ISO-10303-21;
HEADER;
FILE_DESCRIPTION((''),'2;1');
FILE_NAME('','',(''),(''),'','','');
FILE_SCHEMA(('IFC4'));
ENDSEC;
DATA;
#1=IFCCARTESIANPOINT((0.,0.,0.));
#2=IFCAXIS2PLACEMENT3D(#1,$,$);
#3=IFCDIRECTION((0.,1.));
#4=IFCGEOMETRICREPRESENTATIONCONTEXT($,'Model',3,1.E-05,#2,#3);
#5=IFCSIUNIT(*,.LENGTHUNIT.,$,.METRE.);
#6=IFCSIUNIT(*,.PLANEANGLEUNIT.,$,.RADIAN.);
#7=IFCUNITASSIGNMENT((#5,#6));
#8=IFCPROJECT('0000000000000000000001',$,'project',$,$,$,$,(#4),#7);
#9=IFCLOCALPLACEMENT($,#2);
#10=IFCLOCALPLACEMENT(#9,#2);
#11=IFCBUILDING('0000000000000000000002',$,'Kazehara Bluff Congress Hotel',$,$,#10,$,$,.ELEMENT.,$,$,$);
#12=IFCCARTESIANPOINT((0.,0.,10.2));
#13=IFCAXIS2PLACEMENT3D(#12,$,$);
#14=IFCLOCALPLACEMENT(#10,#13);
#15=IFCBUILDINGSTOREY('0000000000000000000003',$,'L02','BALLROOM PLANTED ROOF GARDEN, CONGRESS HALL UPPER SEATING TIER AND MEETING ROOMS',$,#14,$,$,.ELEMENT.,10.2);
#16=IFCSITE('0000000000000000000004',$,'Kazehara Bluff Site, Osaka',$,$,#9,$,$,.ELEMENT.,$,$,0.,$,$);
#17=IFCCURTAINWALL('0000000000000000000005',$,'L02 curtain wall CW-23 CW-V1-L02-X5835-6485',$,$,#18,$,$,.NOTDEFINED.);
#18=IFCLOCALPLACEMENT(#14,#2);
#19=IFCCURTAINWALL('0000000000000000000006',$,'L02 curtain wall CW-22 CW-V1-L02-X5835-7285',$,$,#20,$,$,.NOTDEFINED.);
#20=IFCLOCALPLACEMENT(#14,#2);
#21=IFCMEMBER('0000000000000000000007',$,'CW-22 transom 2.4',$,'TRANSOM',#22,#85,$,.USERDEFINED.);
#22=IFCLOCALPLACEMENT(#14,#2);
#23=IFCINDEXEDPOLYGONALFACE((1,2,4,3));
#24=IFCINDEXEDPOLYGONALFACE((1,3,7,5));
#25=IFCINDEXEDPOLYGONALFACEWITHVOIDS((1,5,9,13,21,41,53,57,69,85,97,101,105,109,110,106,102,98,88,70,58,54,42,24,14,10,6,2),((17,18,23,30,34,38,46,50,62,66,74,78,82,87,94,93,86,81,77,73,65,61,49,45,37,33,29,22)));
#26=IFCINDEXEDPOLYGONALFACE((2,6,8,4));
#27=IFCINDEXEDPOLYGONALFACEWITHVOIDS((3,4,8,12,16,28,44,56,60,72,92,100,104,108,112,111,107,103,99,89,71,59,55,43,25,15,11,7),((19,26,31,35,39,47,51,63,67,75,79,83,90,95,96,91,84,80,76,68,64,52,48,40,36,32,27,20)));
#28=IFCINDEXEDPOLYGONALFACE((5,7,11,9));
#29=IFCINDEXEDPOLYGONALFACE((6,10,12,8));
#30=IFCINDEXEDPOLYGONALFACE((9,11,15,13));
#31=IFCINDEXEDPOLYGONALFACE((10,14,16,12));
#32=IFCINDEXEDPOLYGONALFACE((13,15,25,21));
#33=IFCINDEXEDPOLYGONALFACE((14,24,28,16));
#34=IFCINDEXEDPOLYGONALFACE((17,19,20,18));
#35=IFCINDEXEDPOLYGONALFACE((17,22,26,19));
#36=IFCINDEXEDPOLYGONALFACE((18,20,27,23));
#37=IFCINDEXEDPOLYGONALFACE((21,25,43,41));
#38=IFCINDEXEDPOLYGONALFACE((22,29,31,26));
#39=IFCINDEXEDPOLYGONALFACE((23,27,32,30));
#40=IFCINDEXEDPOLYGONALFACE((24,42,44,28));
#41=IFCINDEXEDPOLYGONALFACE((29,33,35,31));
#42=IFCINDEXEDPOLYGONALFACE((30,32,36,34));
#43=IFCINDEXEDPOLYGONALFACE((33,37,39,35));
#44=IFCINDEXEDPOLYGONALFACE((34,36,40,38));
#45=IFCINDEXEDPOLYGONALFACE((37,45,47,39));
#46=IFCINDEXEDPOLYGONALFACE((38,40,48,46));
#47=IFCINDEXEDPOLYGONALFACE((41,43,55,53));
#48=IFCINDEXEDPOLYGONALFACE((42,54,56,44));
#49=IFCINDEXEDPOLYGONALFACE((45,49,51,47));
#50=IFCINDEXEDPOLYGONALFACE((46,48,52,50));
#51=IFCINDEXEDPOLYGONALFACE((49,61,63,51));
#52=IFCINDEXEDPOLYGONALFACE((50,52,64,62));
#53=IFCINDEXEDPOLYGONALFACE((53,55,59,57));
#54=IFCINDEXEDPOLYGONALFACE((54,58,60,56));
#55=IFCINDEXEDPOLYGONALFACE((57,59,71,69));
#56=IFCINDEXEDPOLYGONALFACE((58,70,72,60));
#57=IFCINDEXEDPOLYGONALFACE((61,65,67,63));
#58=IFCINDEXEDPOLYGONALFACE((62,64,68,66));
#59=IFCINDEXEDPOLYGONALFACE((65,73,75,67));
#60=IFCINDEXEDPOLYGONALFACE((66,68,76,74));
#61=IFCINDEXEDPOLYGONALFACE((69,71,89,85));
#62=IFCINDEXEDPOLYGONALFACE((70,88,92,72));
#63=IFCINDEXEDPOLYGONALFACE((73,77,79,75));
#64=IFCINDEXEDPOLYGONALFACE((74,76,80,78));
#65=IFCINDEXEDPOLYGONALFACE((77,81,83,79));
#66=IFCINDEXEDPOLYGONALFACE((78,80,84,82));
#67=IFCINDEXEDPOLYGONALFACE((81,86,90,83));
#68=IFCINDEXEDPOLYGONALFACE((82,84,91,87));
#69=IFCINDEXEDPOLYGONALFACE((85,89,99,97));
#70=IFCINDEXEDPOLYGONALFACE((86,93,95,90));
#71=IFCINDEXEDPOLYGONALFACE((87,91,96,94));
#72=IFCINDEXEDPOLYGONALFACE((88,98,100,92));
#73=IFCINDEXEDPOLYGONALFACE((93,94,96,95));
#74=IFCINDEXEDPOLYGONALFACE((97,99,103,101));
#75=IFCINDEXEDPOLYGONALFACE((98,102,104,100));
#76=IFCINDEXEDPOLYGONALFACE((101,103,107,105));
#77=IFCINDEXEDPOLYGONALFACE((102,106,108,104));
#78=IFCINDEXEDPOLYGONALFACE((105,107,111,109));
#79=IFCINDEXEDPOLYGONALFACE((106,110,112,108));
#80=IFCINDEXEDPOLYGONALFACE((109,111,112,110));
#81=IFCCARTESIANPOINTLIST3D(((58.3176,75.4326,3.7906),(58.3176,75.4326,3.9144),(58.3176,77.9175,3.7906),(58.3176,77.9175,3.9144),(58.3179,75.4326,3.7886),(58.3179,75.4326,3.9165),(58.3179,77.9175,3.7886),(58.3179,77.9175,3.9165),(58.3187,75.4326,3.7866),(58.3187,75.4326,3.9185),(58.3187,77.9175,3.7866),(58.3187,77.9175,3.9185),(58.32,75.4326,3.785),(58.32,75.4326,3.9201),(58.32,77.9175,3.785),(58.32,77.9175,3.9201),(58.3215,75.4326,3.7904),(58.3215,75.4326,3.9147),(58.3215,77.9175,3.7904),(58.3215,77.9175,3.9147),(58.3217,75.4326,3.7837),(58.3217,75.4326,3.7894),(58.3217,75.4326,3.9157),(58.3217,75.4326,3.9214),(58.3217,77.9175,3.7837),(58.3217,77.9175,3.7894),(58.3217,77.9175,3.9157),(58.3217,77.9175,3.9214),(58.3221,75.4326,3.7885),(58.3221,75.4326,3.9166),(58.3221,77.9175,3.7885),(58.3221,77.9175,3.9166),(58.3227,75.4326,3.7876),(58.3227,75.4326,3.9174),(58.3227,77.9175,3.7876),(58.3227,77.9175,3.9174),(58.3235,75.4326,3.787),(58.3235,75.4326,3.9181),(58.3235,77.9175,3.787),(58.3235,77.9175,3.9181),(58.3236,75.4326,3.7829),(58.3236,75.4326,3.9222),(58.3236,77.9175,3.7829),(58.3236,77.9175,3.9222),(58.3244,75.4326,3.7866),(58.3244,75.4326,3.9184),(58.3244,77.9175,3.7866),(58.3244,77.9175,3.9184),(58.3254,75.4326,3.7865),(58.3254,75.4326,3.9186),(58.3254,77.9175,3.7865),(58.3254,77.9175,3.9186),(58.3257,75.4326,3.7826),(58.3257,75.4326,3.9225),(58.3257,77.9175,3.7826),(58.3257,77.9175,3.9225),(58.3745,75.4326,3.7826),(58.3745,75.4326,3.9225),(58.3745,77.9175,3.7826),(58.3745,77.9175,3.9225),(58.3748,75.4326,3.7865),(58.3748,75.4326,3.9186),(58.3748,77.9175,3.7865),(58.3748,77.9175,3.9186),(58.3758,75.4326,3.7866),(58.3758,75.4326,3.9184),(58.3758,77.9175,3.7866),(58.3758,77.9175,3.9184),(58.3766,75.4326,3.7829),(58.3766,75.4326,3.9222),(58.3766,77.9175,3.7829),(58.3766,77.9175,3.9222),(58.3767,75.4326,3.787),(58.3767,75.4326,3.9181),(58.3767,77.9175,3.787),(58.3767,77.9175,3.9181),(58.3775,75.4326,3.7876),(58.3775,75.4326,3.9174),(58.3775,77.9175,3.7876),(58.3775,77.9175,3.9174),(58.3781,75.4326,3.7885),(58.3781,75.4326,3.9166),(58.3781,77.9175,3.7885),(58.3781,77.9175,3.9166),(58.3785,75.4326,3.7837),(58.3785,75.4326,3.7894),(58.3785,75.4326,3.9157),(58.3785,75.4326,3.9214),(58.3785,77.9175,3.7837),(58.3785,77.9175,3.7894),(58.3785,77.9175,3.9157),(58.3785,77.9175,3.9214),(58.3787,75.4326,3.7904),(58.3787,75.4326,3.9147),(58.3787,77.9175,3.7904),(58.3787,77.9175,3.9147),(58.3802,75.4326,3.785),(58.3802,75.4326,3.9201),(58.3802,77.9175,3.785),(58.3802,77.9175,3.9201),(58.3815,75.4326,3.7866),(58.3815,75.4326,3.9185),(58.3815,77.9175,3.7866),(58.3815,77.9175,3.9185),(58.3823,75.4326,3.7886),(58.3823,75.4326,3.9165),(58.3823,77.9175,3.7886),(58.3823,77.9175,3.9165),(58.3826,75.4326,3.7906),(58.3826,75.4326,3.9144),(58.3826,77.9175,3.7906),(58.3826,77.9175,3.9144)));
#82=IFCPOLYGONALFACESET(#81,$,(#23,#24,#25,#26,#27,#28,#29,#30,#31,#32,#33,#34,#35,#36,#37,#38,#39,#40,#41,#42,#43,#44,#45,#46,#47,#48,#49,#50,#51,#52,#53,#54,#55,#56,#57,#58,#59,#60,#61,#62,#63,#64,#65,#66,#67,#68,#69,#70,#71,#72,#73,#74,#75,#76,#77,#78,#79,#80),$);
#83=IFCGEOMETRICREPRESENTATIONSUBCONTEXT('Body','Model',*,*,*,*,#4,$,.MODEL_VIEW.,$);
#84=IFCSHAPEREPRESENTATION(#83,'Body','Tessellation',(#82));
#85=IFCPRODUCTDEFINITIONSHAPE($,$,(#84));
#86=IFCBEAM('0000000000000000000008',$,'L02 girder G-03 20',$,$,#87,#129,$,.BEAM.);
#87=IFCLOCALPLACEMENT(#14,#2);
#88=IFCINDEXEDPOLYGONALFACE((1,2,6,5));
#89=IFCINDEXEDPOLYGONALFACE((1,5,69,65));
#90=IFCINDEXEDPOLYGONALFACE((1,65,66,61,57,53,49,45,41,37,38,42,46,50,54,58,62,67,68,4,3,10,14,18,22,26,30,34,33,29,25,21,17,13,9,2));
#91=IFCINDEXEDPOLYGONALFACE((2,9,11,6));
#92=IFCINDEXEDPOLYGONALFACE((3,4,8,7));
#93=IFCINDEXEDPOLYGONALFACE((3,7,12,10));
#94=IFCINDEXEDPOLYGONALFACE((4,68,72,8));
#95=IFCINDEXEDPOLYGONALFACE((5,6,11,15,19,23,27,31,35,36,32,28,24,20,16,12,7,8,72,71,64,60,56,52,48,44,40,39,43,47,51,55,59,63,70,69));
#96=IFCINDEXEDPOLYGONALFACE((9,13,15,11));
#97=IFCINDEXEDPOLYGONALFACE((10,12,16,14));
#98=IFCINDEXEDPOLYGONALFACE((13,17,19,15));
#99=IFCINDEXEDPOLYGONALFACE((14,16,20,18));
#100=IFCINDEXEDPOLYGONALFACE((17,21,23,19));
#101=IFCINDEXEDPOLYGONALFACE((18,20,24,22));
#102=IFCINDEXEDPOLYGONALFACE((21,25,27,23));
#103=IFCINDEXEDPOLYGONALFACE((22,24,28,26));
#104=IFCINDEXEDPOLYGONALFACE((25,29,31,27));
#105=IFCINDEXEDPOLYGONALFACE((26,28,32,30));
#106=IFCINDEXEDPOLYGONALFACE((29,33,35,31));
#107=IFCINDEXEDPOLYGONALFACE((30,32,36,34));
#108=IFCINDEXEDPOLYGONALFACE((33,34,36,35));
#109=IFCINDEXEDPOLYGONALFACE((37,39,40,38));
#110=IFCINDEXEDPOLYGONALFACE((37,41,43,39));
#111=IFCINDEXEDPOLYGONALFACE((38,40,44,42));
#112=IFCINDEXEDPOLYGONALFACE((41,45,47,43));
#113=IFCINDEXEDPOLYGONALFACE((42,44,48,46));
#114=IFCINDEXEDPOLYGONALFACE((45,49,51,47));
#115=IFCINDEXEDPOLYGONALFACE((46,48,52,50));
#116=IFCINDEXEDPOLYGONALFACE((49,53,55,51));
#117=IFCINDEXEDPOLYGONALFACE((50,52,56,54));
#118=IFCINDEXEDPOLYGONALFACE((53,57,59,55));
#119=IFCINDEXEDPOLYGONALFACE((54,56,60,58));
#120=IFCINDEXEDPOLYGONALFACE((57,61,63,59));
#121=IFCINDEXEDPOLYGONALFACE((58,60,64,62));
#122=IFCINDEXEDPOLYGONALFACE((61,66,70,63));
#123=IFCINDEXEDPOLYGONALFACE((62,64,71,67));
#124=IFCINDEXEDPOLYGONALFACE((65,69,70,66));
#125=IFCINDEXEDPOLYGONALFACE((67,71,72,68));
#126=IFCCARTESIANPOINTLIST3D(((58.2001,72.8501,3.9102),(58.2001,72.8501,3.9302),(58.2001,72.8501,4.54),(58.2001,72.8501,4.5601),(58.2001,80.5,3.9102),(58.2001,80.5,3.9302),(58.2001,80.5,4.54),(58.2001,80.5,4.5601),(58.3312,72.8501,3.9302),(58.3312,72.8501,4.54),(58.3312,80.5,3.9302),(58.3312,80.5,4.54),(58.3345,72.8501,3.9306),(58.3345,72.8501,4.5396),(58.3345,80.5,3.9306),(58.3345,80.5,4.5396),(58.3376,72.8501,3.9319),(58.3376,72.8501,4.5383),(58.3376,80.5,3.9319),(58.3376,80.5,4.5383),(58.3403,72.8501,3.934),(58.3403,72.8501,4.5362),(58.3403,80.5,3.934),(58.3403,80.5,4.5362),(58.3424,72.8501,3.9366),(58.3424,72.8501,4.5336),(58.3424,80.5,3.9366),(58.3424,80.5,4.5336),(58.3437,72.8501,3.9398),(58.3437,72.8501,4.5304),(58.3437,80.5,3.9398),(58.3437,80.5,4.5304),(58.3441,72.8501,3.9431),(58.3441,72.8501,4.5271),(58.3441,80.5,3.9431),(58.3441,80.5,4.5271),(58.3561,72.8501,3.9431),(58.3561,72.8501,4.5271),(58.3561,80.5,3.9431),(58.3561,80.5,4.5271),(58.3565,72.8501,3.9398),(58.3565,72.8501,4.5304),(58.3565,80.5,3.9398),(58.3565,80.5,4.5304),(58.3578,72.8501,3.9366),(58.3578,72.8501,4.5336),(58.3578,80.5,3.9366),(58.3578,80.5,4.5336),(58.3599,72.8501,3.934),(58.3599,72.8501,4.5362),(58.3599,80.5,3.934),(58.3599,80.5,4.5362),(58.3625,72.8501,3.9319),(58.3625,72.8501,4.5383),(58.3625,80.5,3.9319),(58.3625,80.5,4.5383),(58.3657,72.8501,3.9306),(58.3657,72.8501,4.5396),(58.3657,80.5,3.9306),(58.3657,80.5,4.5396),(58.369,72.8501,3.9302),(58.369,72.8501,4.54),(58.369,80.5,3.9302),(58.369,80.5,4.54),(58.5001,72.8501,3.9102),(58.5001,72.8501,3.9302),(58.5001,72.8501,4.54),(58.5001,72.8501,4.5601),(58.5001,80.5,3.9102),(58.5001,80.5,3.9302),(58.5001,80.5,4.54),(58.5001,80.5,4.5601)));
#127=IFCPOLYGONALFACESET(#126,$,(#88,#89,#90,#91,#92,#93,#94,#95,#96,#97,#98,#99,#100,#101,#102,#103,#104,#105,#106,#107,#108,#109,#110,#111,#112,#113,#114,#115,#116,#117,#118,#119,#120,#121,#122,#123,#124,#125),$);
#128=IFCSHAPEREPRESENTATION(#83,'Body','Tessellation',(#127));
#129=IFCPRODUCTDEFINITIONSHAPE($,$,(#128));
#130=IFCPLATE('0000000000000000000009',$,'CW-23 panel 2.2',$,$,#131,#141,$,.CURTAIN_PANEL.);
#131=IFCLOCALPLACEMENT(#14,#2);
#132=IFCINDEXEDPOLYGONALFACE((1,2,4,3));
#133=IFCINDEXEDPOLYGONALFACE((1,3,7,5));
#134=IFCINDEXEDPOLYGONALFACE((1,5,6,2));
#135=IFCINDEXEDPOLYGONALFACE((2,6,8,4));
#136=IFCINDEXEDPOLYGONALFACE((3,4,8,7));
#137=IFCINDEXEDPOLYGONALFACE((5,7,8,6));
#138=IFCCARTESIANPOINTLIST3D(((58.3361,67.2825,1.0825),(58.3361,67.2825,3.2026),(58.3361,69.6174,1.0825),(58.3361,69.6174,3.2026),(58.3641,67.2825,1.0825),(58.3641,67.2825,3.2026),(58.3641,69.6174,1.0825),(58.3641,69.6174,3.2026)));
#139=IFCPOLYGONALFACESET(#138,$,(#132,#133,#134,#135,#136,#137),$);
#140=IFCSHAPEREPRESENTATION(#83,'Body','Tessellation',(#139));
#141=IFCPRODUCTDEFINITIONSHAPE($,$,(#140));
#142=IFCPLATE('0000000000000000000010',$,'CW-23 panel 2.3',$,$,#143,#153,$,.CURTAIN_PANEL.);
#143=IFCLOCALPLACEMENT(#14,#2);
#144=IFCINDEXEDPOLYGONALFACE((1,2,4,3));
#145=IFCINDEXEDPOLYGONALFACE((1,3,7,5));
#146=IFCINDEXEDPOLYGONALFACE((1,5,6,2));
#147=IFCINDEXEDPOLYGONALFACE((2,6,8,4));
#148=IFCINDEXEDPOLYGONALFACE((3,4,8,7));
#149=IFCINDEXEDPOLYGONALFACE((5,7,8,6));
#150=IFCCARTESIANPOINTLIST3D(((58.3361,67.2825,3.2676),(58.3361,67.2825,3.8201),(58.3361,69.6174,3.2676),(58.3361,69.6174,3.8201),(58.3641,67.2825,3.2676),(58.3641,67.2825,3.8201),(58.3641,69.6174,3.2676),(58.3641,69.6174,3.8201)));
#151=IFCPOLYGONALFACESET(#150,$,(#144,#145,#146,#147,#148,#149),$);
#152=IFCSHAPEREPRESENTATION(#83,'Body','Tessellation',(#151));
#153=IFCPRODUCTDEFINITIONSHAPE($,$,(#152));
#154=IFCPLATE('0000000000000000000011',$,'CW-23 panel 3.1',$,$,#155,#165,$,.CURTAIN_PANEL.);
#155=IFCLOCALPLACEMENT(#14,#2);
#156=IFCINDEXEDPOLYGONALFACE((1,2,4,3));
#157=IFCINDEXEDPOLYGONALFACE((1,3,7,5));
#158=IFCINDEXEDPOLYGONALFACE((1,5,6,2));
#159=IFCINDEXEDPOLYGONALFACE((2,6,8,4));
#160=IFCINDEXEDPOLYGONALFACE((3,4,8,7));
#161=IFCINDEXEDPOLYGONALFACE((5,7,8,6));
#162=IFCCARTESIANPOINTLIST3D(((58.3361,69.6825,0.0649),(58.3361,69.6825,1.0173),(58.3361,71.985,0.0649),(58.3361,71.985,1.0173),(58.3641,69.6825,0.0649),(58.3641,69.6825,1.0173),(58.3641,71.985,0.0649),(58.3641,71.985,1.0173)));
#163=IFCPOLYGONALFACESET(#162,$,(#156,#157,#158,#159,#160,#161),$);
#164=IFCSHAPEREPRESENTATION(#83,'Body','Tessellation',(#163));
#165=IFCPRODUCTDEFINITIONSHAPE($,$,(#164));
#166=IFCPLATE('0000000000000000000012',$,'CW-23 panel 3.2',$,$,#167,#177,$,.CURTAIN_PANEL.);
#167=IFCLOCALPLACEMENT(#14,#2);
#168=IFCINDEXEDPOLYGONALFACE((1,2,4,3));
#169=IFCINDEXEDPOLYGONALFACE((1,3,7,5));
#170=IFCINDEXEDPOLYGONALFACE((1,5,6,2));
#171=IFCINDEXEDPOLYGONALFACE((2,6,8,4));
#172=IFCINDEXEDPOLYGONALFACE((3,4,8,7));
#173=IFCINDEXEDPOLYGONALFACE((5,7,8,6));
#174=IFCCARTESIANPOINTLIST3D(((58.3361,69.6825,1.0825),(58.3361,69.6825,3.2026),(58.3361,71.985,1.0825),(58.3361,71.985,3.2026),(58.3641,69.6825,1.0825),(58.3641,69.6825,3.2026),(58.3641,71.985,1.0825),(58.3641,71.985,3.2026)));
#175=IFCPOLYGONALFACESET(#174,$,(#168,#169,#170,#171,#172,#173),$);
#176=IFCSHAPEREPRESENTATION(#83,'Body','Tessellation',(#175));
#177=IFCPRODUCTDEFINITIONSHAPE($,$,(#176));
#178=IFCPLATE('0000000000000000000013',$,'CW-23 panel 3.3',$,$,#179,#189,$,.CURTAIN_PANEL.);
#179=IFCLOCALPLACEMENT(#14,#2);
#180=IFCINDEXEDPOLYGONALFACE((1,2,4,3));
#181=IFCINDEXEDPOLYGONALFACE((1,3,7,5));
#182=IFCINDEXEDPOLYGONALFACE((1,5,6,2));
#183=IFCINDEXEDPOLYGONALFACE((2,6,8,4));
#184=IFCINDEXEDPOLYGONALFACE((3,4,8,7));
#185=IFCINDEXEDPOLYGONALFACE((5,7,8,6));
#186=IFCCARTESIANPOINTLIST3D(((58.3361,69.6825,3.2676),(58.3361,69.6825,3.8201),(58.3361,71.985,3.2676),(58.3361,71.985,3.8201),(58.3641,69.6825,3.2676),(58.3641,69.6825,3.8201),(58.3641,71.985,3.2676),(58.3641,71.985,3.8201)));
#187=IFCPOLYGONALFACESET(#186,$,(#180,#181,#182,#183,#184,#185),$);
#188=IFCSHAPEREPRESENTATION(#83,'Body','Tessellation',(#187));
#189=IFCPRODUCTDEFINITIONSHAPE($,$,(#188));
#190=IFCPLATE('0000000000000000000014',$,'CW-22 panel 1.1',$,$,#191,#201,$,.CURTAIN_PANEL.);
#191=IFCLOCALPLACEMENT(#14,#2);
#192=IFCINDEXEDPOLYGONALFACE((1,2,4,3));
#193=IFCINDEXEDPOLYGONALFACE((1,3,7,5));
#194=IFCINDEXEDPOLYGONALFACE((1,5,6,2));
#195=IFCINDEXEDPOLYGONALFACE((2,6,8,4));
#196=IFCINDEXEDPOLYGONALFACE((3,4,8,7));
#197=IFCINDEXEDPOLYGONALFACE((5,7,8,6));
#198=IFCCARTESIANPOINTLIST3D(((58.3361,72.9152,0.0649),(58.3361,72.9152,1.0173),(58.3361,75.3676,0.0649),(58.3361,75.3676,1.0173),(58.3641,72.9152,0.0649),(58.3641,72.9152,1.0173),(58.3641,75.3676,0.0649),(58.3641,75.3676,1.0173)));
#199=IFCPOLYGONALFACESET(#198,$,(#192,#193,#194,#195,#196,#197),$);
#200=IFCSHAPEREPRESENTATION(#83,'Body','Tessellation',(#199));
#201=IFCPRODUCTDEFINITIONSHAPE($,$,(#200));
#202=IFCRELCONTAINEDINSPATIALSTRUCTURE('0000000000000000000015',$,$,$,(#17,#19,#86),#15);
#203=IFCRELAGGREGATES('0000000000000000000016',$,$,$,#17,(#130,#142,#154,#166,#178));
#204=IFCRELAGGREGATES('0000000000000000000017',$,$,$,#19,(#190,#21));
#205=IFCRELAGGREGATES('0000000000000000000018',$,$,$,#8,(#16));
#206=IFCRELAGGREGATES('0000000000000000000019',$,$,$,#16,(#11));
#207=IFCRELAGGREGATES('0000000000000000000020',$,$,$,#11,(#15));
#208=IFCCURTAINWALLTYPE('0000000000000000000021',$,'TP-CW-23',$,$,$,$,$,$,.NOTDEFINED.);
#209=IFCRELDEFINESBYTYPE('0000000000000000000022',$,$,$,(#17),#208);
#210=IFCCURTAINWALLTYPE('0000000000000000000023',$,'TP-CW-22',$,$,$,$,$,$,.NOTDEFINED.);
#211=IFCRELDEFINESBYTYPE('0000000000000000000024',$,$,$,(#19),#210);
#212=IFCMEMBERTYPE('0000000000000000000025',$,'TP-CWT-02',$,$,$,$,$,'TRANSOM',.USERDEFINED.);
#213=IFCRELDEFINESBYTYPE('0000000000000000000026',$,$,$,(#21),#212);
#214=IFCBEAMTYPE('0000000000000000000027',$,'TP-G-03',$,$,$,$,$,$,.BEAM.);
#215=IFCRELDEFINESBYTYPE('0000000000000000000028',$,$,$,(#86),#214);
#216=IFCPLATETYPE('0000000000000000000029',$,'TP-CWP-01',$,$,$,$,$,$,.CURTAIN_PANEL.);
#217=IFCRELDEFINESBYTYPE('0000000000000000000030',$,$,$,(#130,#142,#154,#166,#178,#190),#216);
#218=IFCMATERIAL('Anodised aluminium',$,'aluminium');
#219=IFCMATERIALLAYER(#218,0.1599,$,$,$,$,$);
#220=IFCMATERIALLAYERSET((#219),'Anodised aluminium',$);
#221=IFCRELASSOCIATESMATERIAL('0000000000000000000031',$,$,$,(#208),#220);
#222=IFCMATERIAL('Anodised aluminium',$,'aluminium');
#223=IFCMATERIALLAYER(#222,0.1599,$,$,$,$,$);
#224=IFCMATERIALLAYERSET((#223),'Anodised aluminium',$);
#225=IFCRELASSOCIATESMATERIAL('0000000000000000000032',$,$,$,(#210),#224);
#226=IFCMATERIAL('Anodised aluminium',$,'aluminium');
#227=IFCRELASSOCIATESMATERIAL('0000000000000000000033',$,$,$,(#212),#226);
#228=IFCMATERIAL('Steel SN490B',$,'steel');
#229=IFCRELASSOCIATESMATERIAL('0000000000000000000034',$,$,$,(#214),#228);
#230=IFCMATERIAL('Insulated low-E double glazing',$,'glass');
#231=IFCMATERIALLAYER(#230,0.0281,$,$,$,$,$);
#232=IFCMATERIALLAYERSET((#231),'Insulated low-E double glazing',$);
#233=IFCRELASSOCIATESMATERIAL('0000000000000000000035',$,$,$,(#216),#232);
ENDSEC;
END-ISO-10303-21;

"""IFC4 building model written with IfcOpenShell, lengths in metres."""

from ifc_helpers import new_model, si_unit, direction, frame, origin, origin_2d, place, context, subcontext, project, spatial, rectangle, hollow_rectangle, i_section, extrude, material, layer, layer_set, material_profile, profile_set, type_object, element, aggregate, save


model = new_model("IFC4")

# Units and contexts
model_context = context("Model", 3, precision=1e-05, world=origin(), true_north=direction((0.0, 1.0)))
body_context = subcontext(model_context, "Body", "Model", "MODEL_VIEW")
ifc_project = project(units=[si_unit("LENGTHUNIT", "METRE"), si_unit("PLANEANGLEUNIT", "RADIAN")], contexts=[model_context])

# Site, building, storey
site_placement = place(None, origin())
site = spatial("IfcSite", under=ifc_project, at=site_placement, Name="Kazehara Bluff Site, Osaka", CompositionType="ELEMENT", RefElevation=0.0)
building_placement = place(site_placement, origin())
building = spatial("IfcBuilding", under=site, at=building_placement, Name="Kazehara Bluff Congress Hotel", CompositionType="ELEMENT")
storey_placement = place(building_placement, frame((0.0, 0.0, 10.2)))
storey = spatial("IfcBuildingStorey", under=building, at=storey_placement, Name="L02", Description="BALLROOM PLANTED ROOF GARDEN, CONGRESS HALL UPPER SEATING TIER AND MEETING ROOMS", CompositionType="ELEMENT", Elevation=10.2)

# Curtain walls
ifc_material_1 = material(Name="Anodised aluminium", Category="aluminium")
ifc_layer_1 = layer(ifc_material_1, 0.1599)
ifc_layer_set_1 = layer_set([ifc_layer_1], Name="Anodised aluminium")
curtain_wall_type_1 = type_object("IfcCurtainWallType", Name="TP-CW-23", PredefinedType="NOTDEFINED", material=ifc_layer_set_1)
curtain_wall_1_placement = place(storey_placement, origin())
curtain_wall_1 = element("IfcCurtainWall", 1, at=curtain_wall_1_placement, inside=storey, type_object=curtain_wall_type_1, Name="L02 curtain wall CW-23 CW-V1-L02-X5835-6485", PredefinedType="NOTDEFINED")
ifc_material_2 = material(Name="Anodised aluminium", Category="aluminium")
ifc_layer_2 = layer(ifc_material_2, 0.1599)
ifc_layer_set_2 = layer_set([ifc_layer_2], Name="Anodised aluminium")
curtain_wall_type_2 = type_object("IfcCurtainWallType", Name="TP-CW-22", PredefinedType="NOTDEFINED", material=ifc_layer_set_2)
curtain_wall_2_placement = place(storey_placement, origin())
curtain_wall_2 = element("IfcCurtainWall", 2, at=curtain_wall_2_placement, inside=storey, type_object=curtain_wall_type_2, Name="L02 curtain wall CW-22 CW-V1-L02-X5835-7285", PredefinedType="NOTDEFINED")

# Member
ifc_material_3 = material(Name="Anodised aluminium", Category="aluminium")
ifc_material_profile_1 = material_profile(ifc_material_3, hollow_rectangle(XDim=0.0649, YDim=0.1399, WallThickness=0.0039, InnerFilletRadius=0.0039, OuterFilletRadius=0.0081, at=origin_2d()))
ifc_profile_set_1 = profile_set([ifc_material_profile_1], Name="Anodised aluminium")
member_type_1 = type_object("IfcMemberType", Name="TP-CWT-02", ElementType="TRANSOM", PredefinedType="USERDEFINED", material=ifc_profile_set_1)
member_1_placement = place(storey_placement, frame((58.3501, 75.4326, 3.8525), z_axis=(0.0, 1.0, 0.0), x_axis=(-1.0, 0.0, 0.0)))
member_1 = element("IfcMember", 3, at=member_1_placement, type_object=member_type_1, Name="CW-22 transom 2.4", ObjectType="TRANSOM", PredefinedType="USERDEFINED", context=body_context, shape_type="SweptSolid", body=[
    extrude(hollow_rectangle(XDim=0.0649, YDim=0.1399, WallThickness=0.0039, InnerFilletRadius=0.0039, OuterFilletRadius=0.0081, at=origin_2d()), origin(), (0.0, 0.0, 1.0), 2.4849),
])

# Beam
ifc_material_4 = material(Name="Steel SN490B", Category="steel")
ifc_material_profile_2 = material_profile(ifc_material_4, i_section(OverallWidth=0.3, OverallDepth=0.6499, WebThickness=0.012, FlangeThickness=0.02, FilletRadius=0.0129, at=origin_2d()))
ifc_profile_set_2 = profile_set([ifc_material_profile_2], Name="Steel SN490B")
beam_type = type_object("IfcBeamType", Name="TP-G-03", PredefinedType="BEAM", material=ifc_profile_set_2)
beam_placement = place(storey_placement, frame((58.3501, 72.8501, 4.2351), z_axis=(0.0, 1.0, 0.0), x_axis=(-1.0, 0.0, 0.0)))
element("IfcBeam", 4, at=beam_placement, inside=storey, type_object=beam_type, Name="L02 girder G-03 20", PredefinedType="BEAM", context=body_context, shape_type="SweptSolid", body=[
    extrude(i_section(OverallWidth=0.3, OverallDepth=0.6499, WebThickness=0.012, FlangeThickness=0.02, FilletRadius=0.0129, at=origin_2d()), origin(), (0.0, 0.0, 1.0), 7.6499),
])

# Plates
ifc_material_5 = material(Name="Insulated low-E double glazing", Category="glass")
ifc_layer_3 = layer(ifc_material_5, 0.0281)
ifc_layer_set_3 = layer_set([ifc_layer_3], Name="Insulated low-E double glazing")
plate_type = type_object("IfcPlateType", Name="TP-CWP-01", PredefinedType="CURTAIN_PANEL", material=ifc_layer_set_3)
plate_1_placement = place(storey_placement, frame((58.3501, 68.45, 1.0825), z_axis=(0.0, 0.0, 1.0), x_axis=(0.0, 1.0, 0.0)))
plate_1 = element("IfcPlate", 5, at=plate_1_placement, type_object=plate_type, Name="CW-23 panel 2.2", PredefinedType="CURTAIN_PANEL", context=body_context, shape_type="SweptSolid", body=[
    extrude(rectangle(XDim=2.335, YDim=0.0281, at=origin_2d()), origin(), (0.0, 0.0, 1.0), 2.1201),
])
plate_2_placement = place(storey_placement, frame((58.3501, 68.45, 3.2676), z_axis=(0.0, 0.0, 1.0), x_axis=(0.0, 1.0, 0.0)))
plate_2 = element("IfcPlate", 6, at=plate_2_placement, type_object=plate_type, Name="CW-23 panel 2.3", PredefinedType="CURTAIN_PANEL", context=body_context, shape_type="SweptSolid", body=[
    extrude(rectangle(XDim=2.335, YDim=0.0281, at=origin_2d()), origin(), (0.0, 0.0, 1.0), 0.5525),
])
plate_3_placement = place(storey_placement, frame((58.3501, 70.8337, 0.0649), z_axis=(0.0, 0.0, 1.0), x_axis=(0.0, 1.0, 0.0)))
plate_3 = element("IfcPlate", 7, at=plate_3_placement, type_object=plate_type, Name="CW-23 panel 3.1", PredefinedType="CURTAIN_PANEL", context=body_context, shape_type="SweptSolid", body=[
    extrude(rectangle(XDim=2.3025, YDim=0.0281, at=origin_2d()), origin(), (0.0, 0.0, 1.0), 0.9524),
])
plate_4_placement = place(storey_placement, frame((58.3501, 70.8337, 1.0825), z_axis=(0.0, 0.0, 1.0), x_axis=(0.0, 1.0, 0.0)))
plate_4 = element("IfcPlate", 8, at=plate_4_placement, type_object=plate_type, Name="CW-23 panel 3.2", PredefinedType="CURTAIN_PANEL", context=body_context, shape_type="SweptSolid", body=[
    extrude(rectangle(XDim=2.3025, YDim=0.0281, at=origin_2d()), origin(), (0.0, 0.0, 1.0), 2.1201),
])
plate_5_placement = place(storey_placement, frame((58.3501, 70.8337, 3.2676), z_axis=(0.0, 0.0, 1.0), x_axis=(0.0, 1.0, 0.0)))
plate_5 = element("IfcPlate", 9, at=plate_5_placement, type_object=plate_type, Name="CW-23 panel 3.3", PredefinedType="CURTAIN_PANEL", context=body_context, shape_type="SweptSolid", body=[
    extrude(rectangle(XDim=2.3025, YDim=0.0281, at=origin_2d()), origin(), (0.0, 0.0, 1.0), 0.5525),
])
aggregate(curtain_wall_1, [plate_1, plate_2, plate_3, plate_4, plate_5])
plate_6_placement = place(storey_placement, frame((58.3501, 74.1414, 0.0649), z_axis=(0.0, 0.0, 1.0), x_axis=(0.0, 1.0, 0.0)))
plate_6 = element("IfcPlate", 10, at=plate_6_placement, type_object=plate_type, Name="CW-22 panel 1.1", PredefinedType="CURTAIN_PANEL", context=body_context, shape_type="SweptSolid", body=[
    extrude(rectangle(XDim=2.4524, YDim=0.0281, at=origin_2d()), origin(), (0.0, 0.0, 1.0), 0.9524),
])
aggregate(curtain_wall_2, [plate_6, member_1])

save(model, "model.ifc")
